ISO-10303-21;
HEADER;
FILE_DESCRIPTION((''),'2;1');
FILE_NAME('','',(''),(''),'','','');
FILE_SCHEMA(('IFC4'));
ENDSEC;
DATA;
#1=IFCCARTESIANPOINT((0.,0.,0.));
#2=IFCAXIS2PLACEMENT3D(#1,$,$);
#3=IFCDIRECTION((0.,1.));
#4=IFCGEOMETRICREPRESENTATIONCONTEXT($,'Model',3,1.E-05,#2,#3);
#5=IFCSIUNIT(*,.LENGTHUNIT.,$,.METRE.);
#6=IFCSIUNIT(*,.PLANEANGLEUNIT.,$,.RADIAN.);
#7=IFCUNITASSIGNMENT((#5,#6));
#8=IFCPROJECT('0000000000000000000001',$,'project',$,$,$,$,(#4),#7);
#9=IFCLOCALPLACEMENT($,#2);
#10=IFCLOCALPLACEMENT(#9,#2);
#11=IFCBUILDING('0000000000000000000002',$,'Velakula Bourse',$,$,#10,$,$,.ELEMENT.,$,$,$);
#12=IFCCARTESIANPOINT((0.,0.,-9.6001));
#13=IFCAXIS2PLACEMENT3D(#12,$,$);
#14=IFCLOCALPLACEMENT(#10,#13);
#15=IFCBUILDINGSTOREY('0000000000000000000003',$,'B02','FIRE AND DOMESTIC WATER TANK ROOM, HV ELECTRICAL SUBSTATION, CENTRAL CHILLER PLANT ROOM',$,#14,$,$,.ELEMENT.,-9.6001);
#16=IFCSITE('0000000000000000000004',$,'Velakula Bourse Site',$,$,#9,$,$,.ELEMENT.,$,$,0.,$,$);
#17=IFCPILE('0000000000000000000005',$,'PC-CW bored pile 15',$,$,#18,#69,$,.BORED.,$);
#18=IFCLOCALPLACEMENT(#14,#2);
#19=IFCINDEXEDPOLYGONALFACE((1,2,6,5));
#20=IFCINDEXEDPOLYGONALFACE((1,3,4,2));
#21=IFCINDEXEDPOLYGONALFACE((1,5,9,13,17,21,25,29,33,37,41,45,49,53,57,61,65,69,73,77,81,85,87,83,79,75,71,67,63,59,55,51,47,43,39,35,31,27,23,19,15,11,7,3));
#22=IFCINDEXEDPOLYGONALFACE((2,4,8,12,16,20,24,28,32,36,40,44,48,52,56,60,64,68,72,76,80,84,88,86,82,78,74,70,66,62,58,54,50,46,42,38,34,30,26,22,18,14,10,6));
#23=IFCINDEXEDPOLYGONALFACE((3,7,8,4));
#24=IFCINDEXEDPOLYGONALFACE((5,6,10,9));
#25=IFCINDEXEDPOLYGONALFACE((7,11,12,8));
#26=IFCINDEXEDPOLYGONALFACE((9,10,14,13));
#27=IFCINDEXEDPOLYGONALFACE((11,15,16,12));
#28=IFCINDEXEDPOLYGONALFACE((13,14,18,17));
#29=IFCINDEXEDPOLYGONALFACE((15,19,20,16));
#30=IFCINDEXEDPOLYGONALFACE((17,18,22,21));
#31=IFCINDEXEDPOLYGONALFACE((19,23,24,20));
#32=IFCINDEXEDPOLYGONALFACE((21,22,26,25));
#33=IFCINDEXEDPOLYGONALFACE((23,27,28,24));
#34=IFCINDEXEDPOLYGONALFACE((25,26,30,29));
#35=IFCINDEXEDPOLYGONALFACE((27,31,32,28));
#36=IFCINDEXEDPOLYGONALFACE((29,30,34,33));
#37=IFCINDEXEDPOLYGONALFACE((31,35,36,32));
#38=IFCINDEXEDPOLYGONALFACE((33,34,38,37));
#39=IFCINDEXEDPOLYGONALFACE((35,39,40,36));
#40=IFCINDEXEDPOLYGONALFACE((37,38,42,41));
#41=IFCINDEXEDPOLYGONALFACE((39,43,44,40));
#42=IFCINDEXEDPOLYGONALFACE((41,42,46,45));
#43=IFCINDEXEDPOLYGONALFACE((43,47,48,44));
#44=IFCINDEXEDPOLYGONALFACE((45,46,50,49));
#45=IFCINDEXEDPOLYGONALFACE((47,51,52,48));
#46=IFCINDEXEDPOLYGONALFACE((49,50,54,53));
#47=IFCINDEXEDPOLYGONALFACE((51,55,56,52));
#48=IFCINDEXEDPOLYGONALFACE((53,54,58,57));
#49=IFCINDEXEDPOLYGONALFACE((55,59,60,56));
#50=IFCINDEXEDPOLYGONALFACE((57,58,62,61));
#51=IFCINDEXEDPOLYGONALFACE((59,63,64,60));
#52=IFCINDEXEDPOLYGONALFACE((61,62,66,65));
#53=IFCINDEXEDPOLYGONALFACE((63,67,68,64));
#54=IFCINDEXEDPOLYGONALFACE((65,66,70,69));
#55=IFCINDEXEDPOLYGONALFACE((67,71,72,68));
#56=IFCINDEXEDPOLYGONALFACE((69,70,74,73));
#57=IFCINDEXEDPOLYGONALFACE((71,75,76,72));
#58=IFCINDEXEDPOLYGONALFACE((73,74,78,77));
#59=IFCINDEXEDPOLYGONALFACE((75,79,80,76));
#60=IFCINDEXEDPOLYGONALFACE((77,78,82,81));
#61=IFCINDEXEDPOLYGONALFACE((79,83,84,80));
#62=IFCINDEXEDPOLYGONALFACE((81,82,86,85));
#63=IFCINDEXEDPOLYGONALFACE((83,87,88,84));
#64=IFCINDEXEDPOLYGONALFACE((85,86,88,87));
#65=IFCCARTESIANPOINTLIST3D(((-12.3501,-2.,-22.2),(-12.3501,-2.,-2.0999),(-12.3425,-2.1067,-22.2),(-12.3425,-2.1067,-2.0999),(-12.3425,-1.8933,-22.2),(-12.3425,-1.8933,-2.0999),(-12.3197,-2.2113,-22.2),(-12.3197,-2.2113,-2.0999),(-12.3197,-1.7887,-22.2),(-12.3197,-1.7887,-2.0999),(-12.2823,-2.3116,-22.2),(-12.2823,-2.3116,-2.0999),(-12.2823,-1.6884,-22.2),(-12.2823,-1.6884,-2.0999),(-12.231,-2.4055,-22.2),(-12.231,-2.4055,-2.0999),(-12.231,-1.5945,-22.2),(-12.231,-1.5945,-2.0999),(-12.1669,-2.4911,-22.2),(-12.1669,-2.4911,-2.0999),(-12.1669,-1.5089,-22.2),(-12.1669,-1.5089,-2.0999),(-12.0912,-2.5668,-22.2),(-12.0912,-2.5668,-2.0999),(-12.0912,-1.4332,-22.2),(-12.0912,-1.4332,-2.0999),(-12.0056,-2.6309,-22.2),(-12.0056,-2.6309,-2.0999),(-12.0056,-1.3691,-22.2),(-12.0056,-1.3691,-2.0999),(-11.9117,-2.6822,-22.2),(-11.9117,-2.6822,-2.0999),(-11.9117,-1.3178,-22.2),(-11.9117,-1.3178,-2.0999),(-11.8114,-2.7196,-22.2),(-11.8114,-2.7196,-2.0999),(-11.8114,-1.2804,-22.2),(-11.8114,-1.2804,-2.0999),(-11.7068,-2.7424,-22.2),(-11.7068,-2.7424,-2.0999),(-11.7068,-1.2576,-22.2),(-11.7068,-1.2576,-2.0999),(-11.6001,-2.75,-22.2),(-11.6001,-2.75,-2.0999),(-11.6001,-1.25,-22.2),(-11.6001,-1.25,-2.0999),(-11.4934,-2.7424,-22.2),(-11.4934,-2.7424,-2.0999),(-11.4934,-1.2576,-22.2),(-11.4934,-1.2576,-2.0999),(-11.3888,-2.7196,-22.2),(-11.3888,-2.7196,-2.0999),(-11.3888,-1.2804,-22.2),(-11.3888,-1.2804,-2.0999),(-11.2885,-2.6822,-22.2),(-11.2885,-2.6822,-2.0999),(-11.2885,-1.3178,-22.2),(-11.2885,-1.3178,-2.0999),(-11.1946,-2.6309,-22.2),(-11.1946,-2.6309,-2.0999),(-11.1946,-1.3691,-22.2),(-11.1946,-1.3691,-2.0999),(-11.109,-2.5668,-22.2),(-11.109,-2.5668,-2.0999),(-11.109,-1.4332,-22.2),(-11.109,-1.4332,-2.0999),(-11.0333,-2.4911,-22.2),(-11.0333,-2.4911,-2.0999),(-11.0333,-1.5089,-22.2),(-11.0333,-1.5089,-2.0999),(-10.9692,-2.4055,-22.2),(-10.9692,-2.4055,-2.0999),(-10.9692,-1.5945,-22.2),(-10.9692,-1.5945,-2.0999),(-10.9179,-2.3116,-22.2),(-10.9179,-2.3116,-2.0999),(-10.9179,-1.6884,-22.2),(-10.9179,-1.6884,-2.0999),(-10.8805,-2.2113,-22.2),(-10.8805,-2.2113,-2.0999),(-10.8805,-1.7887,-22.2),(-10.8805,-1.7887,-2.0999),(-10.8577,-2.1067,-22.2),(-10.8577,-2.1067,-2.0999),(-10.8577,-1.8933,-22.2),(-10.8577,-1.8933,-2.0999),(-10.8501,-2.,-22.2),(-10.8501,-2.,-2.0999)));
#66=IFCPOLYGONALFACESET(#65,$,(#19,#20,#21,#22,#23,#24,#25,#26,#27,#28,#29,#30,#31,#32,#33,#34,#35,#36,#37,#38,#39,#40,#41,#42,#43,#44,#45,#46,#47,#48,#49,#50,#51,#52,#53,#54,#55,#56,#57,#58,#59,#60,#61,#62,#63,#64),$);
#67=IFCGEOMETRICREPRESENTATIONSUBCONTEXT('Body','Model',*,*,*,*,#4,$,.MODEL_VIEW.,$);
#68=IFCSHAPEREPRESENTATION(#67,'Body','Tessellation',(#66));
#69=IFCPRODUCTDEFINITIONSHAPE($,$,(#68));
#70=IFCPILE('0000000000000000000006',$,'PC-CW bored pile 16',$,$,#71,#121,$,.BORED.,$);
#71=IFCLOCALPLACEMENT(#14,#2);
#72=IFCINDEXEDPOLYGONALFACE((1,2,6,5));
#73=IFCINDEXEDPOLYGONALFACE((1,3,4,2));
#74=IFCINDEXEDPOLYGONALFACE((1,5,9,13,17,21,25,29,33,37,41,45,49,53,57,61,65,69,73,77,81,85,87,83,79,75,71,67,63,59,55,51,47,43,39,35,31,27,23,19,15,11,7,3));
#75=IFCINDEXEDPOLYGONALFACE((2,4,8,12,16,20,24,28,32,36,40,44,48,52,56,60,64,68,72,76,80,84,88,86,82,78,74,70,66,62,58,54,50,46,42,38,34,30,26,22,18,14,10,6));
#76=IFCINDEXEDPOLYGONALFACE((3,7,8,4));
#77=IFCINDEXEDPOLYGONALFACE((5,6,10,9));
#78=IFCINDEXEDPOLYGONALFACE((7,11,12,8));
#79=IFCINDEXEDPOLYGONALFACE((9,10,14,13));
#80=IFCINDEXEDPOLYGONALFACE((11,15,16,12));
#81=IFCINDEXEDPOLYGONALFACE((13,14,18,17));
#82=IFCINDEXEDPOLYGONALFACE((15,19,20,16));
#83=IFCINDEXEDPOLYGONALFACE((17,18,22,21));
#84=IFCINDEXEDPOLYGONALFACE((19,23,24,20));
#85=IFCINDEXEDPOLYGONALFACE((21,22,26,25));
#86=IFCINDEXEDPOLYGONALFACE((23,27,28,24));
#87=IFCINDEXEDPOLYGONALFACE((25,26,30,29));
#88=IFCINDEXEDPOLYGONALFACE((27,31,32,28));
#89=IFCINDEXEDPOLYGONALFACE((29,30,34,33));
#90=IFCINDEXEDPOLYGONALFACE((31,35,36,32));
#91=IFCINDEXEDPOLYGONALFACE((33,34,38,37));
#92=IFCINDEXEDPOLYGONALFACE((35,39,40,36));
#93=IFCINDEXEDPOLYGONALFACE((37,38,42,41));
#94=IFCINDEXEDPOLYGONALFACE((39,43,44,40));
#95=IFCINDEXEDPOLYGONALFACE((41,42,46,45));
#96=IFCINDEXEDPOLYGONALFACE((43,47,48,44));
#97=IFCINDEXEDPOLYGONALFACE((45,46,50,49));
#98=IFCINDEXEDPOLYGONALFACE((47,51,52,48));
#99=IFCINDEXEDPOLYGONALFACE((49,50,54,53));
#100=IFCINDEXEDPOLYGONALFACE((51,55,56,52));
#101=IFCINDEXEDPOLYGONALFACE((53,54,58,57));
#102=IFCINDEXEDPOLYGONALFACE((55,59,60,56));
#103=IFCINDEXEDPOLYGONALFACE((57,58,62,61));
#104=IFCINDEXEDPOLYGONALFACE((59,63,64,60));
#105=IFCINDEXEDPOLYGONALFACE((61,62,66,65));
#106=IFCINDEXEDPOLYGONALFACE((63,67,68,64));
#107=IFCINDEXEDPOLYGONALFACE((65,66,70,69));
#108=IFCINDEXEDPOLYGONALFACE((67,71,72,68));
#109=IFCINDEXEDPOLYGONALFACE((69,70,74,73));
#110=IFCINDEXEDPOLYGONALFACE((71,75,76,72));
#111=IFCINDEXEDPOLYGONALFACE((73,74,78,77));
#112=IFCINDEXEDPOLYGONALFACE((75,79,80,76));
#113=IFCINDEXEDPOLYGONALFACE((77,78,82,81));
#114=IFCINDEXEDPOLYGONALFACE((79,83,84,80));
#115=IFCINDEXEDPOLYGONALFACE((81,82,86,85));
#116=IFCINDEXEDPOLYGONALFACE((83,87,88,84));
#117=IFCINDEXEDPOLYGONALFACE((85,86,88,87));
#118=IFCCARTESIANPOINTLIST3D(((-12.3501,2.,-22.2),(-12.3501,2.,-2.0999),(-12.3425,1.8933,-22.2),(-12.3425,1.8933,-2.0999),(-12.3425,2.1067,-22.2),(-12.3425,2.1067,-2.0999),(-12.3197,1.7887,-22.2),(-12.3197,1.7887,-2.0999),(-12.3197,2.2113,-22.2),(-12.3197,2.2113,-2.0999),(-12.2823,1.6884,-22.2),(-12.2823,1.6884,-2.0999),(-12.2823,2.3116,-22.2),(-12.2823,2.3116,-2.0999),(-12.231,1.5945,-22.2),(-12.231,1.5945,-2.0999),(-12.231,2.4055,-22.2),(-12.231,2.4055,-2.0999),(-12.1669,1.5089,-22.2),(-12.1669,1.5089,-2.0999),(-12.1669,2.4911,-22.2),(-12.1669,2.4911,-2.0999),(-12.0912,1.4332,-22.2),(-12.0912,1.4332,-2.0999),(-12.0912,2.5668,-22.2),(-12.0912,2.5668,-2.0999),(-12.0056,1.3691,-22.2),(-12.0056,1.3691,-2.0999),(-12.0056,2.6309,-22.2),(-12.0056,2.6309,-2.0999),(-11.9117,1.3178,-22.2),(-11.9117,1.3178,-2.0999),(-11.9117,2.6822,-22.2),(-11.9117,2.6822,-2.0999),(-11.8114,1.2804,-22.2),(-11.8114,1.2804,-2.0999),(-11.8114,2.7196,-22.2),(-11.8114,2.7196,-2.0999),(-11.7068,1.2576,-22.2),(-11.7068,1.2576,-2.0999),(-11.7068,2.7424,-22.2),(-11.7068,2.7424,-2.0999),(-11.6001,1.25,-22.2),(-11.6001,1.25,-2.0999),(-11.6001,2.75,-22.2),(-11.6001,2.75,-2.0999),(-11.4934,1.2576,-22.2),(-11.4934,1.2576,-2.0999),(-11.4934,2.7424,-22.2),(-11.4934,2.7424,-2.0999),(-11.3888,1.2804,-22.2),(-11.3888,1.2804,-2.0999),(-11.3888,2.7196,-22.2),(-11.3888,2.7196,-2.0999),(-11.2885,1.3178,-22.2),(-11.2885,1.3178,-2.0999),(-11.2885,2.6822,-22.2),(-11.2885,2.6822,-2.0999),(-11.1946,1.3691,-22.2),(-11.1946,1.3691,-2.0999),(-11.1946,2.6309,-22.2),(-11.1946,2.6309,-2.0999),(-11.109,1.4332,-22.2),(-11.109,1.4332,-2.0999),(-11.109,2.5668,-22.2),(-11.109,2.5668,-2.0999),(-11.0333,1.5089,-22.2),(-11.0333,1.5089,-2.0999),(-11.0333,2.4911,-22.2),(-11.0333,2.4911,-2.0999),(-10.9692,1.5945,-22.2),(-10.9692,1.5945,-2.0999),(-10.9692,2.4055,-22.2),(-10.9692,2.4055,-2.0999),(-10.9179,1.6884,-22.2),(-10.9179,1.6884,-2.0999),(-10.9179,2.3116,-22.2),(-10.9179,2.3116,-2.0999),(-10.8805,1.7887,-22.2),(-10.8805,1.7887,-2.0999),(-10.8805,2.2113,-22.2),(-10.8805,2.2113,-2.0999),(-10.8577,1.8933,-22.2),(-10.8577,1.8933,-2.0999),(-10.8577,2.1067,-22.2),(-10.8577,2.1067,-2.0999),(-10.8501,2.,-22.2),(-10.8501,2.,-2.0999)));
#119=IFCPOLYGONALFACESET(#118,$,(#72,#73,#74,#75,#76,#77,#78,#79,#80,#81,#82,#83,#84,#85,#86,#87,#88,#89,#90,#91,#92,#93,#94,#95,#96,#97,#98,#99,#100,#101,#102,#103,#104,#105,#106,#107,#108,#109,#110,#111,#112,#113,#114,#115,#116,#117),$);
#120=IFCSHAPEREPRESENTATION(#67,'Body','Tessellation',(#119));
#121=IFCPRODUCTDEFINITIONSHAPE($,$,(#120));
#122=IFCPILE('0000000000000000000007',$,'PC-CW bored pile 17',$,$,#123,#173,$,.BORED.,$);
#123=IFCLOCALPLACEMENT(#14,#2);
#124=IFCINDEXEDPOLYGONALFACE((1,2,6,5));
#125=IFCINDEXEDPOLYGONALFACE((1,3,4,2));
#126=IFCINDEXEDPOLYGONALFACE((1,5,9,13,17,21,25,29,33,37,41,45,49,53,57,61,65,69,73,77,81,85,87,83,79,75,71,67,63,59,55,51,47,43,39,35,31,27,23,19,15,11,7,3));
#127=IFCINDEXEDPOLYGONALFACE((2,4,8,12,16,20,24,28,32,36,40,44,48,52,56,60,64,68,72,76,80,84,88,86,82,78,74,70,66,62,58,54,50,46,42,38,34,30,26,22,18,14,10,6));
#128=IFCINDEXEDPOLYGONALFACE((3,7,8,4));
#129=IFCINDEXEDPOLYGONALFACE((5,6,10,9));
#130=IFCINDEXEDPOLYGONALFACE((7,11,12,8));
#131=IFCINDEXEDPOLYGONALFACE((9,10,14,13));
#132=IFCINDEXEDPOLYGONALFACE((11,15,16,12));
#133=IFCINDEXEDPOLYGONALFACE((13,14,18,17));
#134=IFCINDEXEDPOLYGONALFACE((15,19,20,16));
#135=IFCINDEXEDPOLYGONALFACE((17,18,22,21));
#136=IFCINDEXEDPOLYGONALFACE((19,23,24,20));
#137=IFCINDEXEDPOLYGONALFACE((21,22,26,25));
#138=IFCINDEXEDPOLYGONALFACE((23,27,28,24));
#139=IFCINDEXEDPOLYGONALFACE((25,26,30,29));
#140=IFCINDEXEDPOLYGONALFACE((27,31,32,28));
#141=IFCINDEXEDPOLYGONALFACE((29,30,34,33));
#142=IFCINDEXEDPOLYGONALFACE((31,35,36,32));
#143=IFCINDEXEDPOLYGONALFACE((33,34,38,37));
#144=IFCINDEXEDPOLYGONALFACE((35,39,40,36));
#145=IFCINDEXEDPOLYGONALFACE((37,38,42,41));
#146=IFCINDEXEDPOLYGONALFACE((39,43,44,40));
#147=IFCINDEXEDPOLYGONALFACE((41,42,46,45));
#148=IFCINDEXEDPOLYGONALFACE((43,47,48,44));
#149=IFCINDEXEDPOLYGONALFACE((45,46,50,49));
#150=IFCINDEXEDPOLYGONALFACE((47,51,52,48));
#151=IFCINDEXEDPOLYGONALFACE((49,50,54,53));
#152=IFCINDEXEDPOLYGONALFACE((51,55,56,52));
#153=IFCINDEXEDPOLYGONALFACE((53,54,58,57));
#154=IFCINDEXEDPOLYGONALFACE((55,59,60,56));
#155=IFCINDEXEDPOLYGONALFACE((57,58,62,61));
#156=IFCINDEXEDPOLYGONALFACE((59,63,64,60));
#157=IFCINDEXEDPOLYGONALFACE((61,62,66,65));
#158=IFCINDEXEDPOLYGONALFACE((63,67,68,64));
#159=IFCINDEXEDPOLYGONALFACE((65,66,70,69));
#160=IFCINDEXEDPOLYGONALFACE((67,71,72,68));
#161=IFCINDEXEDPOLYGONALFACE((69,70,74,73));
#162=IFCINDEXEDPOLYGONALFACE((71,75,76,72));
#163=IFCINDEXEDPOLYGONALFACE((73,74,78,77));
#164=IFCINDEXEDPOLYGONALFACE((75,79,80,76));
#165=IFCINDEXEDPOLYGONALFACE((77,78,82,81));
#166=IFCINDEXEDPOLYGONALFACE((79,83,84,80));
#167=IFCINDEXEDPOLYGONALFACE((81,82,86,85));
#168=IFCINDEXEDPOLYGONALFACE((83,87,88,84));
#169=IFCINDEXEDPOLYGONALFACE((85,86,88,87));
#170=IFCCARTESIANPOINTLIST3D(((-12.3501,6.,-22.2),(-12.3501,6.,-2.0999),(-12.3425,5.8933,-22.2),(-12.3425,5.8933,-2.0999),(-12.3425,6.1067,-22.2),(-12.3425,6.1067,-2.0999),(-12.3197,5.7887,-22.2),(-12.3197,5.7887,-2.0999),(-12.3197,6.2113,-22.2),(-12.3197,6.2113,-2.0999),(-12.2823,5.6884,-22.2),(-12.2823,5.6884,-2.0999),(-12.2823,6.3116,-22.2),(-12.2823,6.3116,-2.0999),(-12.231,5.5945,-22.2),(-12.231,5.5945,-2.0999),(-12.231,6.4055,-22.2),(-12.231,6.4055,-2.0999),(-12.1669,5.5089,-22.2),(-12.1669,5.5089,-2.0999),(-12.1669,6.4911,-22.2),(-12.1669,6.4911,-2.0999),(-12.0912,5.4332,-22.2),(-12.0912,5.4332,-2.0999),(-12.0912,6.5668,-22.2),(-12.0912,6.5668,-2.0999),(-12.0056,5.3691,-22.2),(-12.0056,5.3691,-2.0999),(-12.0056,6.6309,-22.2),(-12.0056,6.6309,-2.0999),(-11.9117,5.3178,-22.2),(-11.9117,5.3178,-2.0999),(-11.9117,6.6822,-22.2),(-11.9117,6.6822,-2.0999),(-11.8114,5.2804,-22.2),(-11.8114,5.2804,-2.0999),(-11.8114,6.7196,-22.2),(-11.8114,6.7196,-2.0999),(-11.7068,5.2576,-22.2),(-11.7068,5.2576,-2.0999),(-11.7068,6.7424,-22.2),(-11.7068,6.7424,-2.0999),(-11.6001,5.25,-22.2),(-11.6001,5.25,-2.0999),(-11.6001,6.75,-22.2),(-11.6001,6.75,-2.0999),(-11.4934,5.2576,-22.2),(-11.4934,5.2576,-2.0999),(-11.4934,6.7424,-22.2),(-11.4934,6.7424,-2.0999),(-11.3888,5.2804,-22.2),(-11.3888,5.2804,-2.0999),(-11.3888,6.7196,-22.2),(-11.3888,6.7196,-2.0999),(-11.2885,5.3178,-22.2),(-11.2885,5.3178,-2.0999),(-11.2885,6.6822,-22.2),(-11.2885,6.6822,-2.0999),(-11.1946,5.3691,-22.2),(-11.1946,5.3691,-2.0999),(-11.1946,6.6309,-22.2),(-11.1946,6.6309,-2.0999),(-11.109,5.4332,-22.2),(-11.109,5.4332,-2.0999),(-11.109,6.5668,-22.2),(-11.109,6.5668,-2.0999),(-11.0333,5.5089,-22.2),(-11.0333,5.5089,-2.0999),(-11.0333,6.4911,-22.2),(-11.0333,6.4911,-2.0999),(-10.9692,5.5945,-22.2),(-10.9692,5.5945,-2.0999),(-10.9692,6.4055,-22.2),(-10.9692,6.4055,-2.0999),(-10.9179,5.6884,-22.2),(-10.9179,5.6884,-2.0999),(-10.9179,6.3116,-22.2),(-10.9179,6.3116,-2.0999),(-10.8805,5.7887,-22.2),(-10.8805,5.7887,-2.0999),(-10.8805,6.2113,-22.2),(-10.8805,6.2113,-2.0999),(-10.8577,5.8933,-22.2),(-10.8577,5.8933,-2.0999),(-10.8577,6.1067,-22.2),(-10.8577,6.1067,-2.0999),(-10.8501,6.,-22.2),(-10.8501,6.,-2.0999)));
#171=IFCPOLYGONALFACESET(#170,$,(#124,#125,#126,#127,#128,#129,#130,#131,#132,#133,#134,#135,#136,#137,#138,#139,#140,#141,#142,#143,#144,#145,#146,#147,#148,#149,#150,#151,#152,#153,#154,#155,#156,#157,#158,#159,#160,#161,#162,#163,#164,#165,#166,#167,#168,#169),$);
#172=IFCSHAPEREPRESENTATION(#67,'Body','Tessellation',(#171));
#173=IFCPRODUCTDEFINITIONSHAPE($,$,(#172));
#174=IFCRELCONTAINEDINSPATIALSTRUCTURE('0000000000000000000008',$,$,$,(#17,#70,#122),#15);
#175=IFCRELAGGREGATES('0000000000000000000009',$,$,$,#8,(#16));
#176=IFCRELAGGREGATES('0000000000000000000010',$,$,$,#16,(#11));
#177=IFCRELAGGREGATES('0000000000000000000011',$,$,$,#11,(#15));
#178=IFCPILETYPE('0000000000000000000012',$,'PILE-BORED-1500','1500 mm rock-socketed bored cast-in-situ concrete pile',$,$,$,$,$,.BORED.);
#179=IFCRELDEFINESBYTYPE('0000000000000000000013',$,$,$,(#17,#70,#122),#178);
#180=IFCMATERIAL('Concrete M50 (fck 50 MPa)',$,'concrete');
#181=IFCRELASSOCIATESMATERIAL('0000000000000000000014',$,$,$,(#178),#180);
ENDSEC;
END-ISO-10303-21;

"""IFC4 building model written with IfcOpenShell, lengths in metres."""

from ifc_helpers import new_model, si_unit, direction, frame, origin, origin_2d, place, context, subcontext, project, spatial, circle, extrude, material, material_profile, profile_set, type_object, element, save


model = new_model("IFC4")

# Units and contexts
model_context = context("Model", 3, precision=1e-05, world=origin(), true_north=direction((0.0, 1.0)))
body_context = subcontext(model_context, "Body", "Model", "MODEL_VIEW")
ifc_project = project(units=[si_unit("LENGTHUNIT", "METRE"), si_unit("PLANEANGLEUNIT", "RADIAN")], contexts=[model_context])

# Site, building, storey
site_placement = place(None, origin())
site = spatial("IfcSite", under=ifc_project, at=site_placement, Name="Velakula Bourse Site", CompositionType="ELEMENT", RefElevation=0.0)
building_placement = place(site_placement, origin())
building = spatial("IfcBuilding", under=site, at=building_placement, Name="Velakula Bourse", CompositionType="ELEMENT")
storey_placement = place(building_placement, frame((0.0, 0.0, -9.6001)))
storey = spatial("IfcBuildingStorey", under=building, at=storey_placement, Name="B02", Description="FIRE AND DOMESTIC WATER TANK ROOM, HV ELECTRICAL SUBSTATION, CENTRAL CHILLER PLANT ROOM", CompositionType="ELEMENT", Elevation=-9.6001)

# Piles
ifc_material_1 = material(Name="Concrete M50 (fck 50 MPa)", Category="concrete")
ifc_material_profile_1 = material_profile(ifc_material_1, circle(Radius=0.75, at=origin_2d()), Name="Concrete M50 (fck 50 MPa)")
ifc_profile_set_1 = profile_set([ifc_material_profile_1], Name="Concrete M50 (fck 50 MPa)")
pile_type = type_object("IfcPileType", Name="PILE-BORED-1500", Description="1500 mm rock-socketed bored cast-in-situ concrete pile", PredefinedType="BORED", material=ifc_profile_set_1)
for number, where, z_axis, x_axis, name in (
    (1, (-11.6001, -2.0, -2.0999), (0.0, 0.0, -1.0), (1.0, 0.0, 0.0), "PC-CW bored pile 15"),
    (2, (-11.6001, 2.0, -2.0999), (0.0, 0.0, -1.0), (1.0, 0.0, 0.0), "PC-CW bored pile 16"),
    (3, (-11.6001, 6.0, -2.0999), (0.0, 0.0, -1.0), (1.0, 0.0, 0.0), "PC-CW bored pile 17"),
):
    element("IfcPile", number, at=place(storey_placement, frame(where, z_axis=z_axis, x_axis=x_axis)), inside=storey, type_object=pile_type, Name=name, PredefinedType="BORED", context=body_context, shape_type="SweptSolid", body=[
        extrude(circle(Radius=0.75, at=origin_2d()), origin(), (0.0, 0.0, 1.0), 20.1001),
    ])

save(model, "model.ifc")
